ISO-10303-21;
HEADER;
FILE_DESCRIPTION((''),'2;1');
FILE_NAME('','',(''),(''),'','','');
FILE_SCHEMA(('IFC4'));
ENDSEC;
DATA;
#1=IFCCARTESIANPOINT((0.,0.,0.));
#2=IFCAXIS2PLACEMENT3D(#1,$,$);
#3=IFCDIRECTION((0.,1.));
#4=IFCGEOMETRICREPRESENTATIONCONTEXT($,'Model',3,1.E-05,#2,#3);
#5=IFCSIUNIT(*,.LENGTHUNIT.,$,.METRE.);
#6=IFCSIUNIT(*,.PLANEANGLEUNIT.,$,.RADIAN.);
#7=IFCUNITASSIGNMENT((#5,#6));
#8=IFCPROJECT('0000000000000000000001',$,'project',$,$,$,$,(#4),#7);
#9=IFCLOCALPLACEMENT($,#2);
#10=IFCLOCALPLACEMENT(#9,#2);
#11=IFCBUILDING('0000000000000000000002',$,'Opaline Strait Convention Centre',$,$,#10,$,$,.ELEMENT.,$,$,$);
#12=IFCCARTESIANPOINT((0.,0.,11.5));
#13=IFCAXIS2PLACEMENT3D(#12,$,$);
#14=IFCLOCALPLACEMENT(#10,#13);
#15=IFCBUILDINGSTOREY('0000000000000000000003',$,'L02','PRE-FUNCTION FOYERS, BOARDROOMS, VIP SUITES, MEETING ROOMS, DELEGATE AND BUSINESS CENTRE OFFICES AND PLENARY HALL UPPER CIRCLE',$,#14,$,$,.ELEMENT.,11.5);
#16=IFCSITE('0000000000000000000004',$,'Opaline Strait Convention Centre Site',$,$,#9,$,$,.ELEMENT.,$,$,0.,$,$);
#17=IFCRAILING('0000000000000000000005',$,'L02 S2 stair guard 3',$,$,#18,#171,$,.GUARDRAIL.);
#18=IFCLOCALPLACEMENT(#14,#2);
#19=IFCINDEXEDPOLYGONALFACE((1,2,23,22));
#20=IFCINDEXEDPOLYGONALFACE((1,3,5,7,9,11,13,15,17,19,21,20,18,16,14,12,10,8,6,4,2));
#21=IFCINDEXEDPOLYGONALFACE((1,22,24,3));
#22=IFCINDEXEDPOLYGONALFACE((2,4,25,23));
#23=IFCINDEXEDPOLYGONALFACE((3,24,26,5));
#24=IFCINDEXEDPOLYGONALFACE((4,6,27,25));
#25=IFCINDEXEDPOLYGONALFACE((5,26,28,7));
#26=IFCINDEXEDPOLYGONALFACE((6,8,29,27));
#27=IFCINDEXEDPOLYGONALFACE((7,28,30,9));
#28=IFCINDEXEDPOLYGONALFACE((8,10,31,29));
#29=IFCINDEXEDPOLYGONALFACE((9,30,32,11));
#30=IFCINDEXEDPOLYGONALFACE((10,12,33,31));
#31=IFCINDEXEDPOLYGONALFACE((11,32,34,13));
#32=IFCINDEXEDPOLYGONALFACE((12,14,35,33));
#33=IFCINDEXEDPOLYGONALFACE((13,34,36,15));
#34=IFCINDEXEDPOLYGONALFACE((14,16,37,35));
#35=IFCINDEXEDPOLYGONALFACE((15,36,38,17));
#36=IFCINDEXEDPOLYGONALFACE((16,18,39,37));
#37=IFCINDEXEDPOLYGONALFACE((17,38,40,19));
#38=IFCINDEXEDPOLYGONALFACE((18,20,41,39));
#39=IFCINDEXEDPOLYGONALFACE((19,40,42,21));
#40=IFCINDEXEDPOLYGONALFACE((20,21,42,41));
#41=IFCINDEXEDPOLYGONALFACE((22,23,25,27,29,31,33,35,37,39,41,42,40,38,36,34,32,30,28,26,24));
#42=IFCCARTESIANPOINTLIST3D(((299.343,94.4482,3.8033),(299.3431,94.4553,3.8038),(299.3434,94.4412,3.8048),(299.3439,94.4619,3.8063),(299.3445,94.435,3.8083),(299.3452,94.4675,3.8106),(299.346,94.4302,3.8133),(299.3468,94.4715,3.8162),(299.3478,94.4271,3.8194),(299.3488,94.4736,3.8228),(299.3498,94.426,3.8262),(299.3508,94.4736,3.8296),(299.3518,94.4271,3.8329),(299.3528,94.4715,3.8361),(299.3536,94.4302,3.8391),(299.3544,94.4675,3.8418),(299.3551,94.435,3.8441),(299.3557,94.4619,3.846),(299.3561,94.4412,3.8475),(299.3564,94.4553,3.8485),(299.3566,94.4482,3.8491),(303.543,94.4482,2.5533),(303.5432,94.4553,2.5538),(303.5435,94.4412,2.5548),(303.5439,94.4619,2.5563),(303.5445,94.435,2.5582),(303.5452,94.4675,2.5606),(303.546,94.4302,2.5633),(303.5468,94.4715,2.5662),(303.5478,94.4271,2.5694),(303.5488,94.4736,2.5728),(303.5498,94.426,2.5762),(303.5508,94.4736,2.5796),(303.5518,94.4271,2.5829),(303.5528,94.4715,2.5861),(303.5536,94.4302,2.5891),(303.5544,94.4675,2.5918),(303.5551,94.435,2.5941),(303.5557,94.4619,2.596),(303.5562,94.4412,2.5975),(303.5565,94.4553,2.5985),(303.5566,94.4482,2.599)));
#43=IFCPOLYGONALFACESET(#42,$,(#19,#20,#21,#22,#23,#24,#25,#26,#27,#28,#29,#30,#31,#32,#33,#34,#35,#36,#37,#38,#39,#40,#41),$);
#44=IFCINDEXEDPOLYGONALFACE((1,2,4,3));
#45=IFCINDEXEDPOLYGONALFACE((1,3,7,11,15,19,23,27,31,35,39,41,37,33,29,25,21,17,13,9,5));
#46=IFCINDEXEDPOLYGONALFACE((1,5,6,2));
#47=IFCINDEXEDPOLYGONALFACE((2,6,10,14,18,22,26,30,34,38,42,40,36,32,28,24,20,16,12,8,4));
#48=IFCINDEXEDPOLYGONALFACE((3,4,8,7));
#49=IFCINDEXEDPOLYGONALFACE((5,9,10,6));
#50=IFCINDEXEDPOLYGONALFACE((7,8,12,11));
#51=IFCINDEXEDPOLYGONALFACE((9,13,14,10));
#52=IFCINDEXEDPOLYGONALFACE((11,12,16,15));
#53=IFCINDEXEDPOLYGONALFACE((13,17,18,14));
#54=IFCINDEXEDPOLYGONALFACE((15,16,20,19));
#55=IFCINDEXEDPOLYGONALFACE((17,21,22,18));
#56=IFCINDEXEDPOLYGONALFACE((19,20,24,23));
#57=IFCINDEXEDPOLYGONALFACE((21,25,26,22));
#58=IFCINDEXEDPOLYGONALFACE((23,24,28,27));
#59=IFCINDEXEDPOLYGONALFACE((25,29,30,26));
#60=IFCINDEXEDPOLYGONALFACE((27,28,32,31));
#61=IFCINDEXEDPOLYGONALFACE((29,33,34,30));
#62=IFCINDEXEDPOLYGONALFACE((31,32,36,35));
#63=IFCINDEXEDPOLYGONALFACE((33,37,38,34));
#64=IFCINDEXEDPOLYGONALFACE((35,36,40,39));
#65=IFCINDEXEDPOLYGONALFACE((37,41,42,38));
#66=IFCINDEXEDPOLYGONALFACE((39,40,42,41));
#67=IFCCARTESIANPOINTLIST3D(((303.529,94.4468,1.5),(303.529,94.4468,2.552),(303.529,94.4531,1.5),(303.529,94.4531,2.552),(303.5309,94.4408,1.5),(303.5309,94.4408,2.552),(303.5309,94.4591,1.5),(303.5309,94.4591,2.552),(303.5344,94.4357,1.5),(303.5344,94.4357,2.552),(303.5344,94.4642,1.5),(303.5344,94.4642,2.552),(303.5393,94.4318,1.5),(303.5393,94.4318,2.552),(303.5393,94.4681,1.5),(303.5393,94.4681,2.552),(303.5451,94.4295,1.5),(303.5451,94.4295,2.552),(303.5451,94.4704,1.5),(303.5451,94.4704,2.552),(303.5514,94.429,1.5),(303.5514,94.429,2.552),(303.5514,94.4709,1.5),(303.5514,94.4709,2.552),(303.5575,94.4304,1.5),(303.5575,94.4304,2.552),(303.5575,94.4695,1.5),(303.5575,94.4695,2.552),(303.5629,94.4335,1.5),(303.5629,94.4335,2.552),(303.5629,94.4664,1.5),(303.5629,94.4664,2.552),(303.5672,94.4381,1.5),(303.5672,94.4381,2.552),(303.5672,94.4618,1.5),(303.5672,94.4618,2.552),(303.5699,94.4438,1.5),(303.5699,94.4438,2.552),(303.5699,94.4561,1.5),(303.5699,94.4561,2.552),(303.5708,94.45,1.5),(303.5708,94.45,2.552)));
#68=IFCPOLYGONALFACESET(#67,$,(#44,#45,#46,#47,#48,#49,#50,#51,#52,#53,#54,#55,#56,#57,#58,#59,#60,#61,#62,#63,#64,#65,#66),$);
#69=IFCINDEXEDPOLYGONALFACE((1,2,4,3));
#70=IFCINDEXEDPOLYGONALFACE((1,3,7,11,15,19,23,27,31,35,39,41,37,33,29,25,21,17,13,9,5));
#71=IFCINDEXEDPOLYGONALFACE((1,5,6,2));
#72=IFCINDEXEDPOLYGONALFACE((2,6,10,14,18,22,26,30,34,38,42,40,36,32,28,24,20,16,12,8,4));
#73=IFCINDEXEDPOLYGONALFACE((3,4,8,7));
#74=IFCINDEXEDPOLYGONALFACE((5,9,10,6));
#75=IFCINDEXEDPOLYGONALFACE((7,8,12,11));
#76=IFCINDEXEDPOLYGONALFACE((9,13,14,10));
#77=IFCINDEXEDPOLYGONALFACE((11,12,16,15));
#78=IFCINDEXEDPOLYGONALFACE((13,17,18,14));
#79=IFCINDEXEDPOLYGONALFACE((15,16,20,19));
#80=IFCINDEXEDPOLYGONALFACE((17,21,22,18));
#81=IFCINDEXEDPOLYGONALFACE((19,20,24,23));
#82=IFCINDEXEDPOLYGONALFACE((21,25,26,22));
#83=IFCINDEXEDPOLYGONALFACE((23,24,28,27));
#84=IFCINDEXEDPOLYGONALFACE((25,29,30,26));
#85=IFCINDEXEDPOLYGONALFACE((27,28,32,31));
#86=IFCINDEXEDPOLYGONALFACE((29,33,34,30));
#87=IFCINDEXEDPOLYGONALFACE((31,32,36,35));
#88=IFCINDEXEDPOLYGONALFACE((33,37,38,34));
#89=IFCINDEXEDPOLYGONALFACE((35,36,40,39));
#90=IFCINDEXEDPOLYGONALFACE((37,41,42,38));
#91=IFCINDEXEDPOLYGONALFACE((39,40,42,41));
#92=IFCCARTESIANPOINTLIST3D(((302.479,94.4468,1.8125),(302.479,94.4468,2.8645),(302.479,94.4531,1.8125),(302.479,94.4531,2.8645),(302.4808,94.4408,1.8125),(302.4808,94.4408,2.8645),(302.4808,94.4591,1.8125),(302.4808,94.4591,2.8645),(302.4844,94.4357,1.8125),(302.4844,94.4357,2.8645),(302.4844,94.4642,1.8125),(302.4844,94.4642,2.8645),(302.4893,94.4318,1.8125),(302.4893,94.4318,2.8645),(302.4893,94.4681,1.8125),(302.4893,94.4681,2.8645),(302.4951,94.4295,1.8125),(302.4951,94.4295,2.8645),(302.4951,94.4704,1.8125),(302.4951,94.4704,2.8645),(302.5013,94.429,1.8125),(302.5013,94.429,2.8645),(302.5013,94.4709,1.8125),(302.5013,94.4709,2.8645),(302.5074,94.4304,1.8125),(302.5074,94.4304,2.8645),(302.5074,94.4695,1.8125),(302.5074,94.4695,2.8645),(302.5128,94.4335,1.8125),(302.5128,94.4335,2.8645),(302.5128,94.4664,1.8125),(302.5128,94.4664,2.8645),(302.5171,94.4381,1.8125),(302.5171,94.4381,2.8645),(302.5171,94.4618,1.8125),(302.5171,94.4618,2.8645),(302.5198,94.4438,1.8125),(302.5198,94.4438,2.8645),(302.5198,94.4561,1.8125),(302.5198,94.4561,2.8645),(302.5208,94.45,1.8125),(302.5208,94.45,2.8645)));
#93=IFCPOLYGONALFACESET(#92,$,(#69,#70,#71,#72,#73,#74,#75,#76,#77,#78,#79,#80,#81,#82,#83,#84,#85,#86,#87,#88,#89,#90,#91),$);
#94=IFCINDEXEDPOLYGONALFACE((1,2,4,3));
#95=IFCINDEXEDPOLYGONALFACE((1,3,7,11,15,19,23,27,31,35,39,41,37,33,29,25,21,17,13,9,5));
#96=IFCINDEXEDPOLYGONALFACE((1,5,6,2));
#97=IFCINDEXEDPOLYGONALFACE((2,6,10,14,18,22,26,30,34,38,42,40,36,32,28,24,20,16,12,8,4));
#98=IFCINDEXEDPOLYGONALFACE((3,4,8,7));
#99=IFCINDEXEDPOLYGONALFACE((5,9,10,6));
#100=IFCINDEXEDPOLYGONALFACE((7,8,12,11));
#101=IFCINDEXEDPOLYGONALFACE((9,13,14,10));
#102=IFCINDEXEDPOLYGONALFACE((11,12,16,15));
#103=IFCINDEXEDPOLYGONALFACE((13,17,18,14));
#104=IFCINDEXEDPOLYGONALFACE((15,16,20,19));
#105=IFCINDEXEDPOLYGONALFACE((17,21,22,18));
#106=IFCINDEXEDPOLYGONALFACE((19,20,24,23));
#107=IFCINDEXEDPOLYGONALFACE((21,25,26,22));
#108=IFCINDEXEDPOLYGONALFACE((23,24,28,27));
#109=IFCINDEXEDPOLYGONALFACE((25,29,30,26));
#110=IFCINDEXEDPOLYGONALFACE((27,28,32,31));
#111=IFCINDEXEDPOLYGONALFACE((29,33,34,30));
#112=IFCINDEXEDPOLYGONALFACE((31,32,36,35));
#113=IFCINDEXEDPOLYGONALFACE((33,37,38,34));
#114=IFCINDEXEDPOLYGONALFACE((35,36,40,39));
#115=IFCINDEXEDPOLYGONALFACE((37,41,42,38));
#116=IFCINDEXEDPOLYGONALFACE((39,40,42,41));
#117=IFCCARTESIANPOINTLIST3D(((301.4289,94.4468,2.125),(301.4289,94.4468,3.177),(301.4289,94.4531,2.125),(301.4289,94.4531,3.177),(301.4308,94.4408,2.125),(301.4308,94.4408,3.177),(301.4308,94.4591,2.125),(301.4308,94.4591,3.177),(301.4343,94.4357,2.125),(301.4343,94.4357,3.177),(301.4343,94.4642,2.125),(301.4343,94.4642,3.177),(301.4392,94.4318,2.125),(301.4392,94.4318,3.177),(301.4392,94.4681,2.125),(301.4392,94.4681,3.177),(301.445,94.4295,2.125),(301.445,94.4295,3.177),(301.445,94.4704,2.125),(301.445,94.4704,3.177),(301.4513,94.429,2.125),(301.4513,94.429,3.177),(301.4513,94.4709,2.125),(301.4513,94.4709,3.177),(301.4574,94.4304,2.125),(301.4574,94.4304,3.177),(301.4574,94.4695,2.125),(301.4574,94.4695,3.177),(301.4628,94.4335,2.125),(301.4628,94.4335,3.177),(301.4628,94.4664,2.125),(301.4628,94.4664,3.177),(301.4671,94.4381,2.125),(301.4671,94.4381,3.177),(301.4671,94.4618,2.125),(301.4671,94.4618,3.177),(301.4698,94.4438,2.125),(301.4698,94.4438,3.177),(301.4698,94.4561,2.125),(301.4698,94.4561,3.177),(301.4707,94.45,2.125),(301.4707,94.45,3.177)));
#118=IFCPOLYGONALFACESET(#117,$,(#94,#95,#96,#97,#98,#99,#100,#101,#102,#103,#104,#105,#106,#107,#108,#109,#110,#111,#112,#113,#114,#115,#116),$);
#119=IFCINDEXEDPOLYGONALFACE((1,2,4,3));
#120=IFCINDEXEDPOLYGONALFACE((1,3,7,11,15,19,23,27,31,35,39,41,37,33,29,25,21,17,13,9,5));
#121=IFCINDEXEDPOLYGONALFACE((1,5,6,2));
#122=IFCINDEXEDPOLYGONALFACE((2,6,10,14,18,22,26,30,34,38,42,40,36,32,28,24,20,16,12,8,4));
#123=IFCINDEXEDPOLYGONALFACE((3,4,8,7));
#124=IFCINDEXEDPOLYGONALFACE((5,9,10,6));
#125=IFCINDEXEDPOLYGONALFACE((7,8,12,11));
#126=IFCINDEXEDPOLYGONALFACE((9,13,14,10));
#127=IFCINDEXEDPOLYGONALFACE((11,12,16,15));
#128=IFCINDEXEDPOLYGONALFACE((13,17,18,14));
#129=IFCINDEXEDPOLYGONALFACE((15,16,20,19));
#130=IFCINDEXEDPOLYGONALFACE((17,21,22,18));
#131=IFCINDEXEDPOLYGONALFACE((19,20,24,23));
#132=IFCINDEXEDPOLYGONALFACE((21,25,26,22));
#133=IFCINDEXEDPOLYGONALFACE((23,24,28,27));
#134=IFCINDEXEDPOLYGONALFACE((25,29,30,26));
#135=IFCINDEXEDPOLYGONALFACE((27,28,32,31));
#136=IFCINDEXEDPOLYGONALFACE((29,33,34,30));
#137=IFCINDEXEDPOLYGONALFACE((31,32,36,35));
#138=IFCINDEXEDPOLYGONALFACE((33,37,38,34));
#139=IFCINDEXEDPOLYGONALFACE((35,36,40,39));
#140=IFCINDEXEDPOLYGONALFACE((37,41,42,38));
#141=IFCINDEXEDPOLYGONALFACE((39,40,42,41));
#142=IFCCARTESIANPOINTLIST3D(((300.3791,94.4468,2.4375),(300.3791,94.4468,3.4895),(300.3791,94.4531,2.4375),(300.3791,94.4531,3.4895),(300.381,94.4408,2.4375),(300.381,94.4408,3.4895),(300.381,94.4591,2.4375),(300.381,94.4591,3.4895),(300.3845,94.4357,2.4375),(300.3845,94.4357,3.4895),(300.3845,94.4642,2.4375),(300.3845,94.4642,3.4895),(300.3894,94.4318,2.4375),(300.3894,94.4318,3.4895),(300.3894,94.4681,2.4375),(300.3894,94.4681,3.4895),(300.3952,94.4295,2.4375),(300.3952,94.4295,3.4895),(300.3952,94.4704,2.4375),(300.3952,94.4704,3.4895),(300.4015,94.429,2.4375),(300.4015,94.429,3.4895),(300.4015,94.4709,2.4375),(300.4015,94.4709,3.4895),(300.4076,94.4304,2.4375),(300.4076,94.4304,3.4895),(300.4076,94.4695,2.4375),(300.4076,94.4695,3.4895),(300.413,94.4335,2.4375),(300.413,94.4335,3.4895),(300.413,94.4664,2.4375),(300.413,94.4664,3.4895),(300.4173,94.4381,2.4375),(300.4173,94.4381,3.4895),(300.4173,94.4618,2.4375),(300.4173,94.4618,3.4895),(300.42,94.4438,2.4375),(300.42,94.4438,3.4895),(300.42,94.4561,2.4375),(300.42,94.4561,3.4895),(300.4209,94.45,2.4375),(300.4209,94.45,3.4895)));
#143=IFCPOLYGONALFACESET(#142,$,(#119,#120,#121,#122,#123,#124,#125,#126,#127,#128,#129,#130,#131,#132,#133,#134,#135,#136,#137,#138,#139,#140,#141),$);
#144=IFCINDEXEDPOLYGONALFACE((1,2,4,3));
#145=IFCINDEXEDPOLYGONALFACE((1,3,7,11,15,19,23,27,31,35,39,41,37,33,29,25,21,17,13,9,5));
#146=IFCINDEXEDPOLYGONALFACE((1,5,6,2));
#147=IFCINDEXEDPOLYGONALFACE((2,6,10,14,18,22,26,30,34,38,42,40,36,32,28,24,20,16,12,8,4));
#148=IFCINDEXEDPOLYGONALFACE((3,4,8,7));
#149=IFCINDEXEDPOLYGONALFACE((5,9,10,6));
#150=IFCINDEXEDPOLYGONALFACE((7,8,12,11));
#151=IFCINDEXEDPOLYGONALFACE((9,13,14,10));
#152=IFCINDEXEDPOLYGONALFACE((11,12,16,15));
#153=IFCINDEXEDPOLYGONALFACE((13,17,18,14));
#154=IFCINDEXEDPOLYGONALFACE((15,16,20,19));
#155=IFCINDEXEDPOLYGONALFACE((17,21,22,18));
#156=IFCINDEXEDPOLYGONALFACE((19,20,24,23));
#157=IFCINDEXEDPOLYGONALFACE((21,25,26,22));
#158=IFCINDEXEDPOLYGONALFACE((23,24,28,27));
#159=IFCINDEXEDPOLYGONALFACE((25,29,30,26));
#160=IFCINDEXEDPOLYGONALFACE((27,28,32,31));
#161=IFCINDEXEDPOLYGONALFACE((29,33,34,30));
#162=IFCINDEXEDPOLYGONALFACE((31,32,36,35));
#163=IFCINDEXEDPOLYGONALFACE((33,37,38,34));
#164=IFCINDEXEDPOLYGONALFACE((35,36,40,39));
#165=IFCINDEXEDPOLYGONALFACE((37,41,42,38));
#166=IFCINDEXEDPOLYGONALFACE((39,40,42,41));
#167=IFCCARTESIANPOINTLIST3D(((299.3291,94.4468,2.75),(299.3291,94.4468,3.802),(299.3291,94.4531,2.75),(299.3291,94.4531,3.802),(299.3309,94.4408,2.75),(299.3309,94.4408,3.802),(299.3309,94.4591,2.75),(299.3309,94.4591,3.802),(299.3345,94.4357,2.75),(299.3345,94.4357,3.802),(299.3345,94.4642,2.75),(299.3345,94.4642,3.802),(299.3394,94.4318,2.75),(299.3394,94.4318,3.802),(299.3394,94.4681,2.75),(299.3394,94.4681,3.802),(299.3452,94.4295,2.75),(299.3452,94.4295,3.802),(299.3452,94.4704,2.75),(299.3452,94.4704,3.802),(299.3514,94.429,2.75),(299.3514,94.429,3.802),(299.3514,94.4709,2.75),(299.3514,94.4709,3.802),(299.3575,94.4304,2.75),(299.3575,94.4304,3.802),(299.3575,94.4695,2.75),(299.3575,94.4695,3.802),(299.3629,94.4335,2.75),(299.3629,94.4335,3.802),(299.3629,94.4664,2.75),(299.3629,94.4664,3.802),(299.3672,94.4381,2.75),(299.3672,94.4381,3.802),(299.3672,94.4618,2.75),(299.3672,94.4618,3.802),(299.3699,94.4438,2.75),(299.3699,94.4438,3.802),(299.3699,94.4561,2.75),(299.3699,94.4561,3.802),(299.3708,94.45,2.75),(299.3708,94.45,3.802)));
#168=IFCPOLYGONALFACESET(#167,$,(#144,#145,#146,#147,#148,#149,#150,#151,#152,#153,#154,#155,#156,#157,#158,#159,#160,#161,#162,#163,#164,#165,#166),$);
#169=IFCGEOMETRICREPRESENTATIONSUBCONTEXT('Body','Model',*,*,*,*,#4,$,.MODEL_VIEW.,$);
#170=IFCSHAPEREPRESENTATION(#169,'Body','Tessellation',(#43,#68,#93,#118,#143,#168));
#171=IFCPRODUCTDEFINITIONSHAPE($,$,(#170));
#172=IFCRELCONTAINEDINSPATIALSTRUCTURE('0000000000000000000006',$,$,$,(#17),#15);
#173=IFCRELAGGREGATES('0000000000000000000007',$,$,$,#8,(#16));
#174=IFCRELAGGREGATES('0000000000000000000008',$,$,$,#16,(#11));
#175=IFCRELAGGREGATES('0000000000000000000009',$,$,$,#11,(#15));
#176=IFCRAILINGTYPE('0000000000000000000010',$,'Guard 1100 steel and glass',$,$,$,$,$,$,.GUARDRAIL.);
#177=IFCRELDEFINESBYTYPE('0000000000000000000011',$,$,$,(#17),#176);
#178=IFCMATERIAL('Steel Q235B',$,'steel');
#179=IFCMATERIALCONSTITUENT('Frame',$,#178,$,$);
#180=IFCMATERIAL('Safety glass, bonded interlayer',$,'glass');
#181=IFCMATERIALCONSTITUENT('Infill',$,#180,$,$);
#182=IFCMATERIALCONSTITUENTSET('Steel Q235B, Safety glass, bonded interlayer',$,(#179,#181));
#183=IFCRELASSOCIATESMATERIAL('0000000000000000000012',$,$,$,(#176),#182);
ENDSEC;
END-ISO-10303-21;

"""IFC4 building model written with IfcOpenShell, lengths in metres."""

from ifc_helpers import new_model, si_unit, direction, frame, origin, origin_2d, place, context, subcontext, project, spatial, circle, extrude, material, constituent, constituent_set, type_object, element, save


model = new_model("IFC4")

# Units and contexts
model_context = context("Model", 3, precision=1e-05, world=origin(), true_north=direction((0.0, 1.0)))
body_context = subcontext(model_context, "Body", "Model", "MODEL_VIEW")
ifc_project = project(units=[si_unit("LENGTHUNIT", "METRE"), si_unit("PLANEANGLEUNIT", "RADIAN")], contexts=[model_context])

# Site, building, storey
site_placement = place(None, origin())
site = spatial("IfcSite", under=ifc_project, at=site_placement, Name="Opaline Strait Convention Centre Site", CompositionType="ELEMENT", RefElevation=0.0)
building_placement = place(site_placement, origin())
building = spatial("IfcBuilding", under=site, at=building_placement, Name="Opaline Strait Convention Centre", CompositionType="ELEMENT")
storey_placement = place(building_placement, frame((0.0, 0.0, 11.5)))
storey = spatial("IfcBuildingStorey", under=building, at=storey_placement, Name="L02", Description="PRE-FUNCTION FOYERS, BOARDROOMS, VIP SUITES, MEETING ROOMS, DELEGATE AND BUSINESS CENTRE OFFICES AND PLENARY HALL UPPER CIRCLE", CompositionType="ELEMENT", Elevation=11.5)

# Shared definitions
ifc_material_1 = material(Name="Steel Q235B", Category="steel")

# Railing
ifc_constituent_1 = constituent(ifc_material_1, Name="Frame")
ifc_material_2 = material(Name="Safety glass, bonded interlayer", Category="glass")
ifc_constituent_2 = constituent(ifc_material_2, Name="Infill")
ifc_constituent_set = constituent_set(constituents=[ifc_constituent_1, ifc_constituent_2], Name="Steel Q235B, Safety glass, bonded interlayer")
railing_type_1 = type_object("IfcRailingType", Name="Guard 1100 steel and glass", PredefinedType="GUARDRAIL", material=ifc_constituent_set)
railing_1_placement = place(storey_placement, frame((303.5498, 94.45, 1.5)))
element("IfcRailing", 1, at=railing_1_placement, inside=storey, type_object=railing_type_1, Name="L02 S2 stair guard 3", PredefinedType="GUARDRAIL", context=body_context, shape_type="SweptSolid", body=[
    extrude(circle(Radius=0.0239, at=origin_2d()), frame((0.0, 0.0, 1.0762), z_axis=(-0.958451, 0.0, 0.285257), x_axis=(0.0, -1.0, 0.0)), (0.0, 0.0, 1.0), 4.3821),
    extrude(circle(Radius=0.021, at=origin_2d()), origin(), (0.0, 0.0, 1.0), 1.052),
    extrude(circle(Radius=0.021, at=origin_2d()), frame((-1.05, 0.0, 0.3125)), (0.0, 0.0, 1.0), 1.052),
    extrude(circle(Radius=0.021, at=origin_2d()), frame((-2.1001, 0.0, 0.625)), (0.0, 0.0, 1.0), 1.052),
    extrude(circle(Radius=0.021, at=origin_2d()), frame((-3.1499, 0.0, 0.9375)), (0.0, 0.0, 1.0), 1.052),
    extrude(circle(Radius=0.021, at=origin_2d()), frame((-4.2, 0.0, 1.25)), (0.0, 0.0, 1.0), 1.052),
])

save(model, "model.ifc")
